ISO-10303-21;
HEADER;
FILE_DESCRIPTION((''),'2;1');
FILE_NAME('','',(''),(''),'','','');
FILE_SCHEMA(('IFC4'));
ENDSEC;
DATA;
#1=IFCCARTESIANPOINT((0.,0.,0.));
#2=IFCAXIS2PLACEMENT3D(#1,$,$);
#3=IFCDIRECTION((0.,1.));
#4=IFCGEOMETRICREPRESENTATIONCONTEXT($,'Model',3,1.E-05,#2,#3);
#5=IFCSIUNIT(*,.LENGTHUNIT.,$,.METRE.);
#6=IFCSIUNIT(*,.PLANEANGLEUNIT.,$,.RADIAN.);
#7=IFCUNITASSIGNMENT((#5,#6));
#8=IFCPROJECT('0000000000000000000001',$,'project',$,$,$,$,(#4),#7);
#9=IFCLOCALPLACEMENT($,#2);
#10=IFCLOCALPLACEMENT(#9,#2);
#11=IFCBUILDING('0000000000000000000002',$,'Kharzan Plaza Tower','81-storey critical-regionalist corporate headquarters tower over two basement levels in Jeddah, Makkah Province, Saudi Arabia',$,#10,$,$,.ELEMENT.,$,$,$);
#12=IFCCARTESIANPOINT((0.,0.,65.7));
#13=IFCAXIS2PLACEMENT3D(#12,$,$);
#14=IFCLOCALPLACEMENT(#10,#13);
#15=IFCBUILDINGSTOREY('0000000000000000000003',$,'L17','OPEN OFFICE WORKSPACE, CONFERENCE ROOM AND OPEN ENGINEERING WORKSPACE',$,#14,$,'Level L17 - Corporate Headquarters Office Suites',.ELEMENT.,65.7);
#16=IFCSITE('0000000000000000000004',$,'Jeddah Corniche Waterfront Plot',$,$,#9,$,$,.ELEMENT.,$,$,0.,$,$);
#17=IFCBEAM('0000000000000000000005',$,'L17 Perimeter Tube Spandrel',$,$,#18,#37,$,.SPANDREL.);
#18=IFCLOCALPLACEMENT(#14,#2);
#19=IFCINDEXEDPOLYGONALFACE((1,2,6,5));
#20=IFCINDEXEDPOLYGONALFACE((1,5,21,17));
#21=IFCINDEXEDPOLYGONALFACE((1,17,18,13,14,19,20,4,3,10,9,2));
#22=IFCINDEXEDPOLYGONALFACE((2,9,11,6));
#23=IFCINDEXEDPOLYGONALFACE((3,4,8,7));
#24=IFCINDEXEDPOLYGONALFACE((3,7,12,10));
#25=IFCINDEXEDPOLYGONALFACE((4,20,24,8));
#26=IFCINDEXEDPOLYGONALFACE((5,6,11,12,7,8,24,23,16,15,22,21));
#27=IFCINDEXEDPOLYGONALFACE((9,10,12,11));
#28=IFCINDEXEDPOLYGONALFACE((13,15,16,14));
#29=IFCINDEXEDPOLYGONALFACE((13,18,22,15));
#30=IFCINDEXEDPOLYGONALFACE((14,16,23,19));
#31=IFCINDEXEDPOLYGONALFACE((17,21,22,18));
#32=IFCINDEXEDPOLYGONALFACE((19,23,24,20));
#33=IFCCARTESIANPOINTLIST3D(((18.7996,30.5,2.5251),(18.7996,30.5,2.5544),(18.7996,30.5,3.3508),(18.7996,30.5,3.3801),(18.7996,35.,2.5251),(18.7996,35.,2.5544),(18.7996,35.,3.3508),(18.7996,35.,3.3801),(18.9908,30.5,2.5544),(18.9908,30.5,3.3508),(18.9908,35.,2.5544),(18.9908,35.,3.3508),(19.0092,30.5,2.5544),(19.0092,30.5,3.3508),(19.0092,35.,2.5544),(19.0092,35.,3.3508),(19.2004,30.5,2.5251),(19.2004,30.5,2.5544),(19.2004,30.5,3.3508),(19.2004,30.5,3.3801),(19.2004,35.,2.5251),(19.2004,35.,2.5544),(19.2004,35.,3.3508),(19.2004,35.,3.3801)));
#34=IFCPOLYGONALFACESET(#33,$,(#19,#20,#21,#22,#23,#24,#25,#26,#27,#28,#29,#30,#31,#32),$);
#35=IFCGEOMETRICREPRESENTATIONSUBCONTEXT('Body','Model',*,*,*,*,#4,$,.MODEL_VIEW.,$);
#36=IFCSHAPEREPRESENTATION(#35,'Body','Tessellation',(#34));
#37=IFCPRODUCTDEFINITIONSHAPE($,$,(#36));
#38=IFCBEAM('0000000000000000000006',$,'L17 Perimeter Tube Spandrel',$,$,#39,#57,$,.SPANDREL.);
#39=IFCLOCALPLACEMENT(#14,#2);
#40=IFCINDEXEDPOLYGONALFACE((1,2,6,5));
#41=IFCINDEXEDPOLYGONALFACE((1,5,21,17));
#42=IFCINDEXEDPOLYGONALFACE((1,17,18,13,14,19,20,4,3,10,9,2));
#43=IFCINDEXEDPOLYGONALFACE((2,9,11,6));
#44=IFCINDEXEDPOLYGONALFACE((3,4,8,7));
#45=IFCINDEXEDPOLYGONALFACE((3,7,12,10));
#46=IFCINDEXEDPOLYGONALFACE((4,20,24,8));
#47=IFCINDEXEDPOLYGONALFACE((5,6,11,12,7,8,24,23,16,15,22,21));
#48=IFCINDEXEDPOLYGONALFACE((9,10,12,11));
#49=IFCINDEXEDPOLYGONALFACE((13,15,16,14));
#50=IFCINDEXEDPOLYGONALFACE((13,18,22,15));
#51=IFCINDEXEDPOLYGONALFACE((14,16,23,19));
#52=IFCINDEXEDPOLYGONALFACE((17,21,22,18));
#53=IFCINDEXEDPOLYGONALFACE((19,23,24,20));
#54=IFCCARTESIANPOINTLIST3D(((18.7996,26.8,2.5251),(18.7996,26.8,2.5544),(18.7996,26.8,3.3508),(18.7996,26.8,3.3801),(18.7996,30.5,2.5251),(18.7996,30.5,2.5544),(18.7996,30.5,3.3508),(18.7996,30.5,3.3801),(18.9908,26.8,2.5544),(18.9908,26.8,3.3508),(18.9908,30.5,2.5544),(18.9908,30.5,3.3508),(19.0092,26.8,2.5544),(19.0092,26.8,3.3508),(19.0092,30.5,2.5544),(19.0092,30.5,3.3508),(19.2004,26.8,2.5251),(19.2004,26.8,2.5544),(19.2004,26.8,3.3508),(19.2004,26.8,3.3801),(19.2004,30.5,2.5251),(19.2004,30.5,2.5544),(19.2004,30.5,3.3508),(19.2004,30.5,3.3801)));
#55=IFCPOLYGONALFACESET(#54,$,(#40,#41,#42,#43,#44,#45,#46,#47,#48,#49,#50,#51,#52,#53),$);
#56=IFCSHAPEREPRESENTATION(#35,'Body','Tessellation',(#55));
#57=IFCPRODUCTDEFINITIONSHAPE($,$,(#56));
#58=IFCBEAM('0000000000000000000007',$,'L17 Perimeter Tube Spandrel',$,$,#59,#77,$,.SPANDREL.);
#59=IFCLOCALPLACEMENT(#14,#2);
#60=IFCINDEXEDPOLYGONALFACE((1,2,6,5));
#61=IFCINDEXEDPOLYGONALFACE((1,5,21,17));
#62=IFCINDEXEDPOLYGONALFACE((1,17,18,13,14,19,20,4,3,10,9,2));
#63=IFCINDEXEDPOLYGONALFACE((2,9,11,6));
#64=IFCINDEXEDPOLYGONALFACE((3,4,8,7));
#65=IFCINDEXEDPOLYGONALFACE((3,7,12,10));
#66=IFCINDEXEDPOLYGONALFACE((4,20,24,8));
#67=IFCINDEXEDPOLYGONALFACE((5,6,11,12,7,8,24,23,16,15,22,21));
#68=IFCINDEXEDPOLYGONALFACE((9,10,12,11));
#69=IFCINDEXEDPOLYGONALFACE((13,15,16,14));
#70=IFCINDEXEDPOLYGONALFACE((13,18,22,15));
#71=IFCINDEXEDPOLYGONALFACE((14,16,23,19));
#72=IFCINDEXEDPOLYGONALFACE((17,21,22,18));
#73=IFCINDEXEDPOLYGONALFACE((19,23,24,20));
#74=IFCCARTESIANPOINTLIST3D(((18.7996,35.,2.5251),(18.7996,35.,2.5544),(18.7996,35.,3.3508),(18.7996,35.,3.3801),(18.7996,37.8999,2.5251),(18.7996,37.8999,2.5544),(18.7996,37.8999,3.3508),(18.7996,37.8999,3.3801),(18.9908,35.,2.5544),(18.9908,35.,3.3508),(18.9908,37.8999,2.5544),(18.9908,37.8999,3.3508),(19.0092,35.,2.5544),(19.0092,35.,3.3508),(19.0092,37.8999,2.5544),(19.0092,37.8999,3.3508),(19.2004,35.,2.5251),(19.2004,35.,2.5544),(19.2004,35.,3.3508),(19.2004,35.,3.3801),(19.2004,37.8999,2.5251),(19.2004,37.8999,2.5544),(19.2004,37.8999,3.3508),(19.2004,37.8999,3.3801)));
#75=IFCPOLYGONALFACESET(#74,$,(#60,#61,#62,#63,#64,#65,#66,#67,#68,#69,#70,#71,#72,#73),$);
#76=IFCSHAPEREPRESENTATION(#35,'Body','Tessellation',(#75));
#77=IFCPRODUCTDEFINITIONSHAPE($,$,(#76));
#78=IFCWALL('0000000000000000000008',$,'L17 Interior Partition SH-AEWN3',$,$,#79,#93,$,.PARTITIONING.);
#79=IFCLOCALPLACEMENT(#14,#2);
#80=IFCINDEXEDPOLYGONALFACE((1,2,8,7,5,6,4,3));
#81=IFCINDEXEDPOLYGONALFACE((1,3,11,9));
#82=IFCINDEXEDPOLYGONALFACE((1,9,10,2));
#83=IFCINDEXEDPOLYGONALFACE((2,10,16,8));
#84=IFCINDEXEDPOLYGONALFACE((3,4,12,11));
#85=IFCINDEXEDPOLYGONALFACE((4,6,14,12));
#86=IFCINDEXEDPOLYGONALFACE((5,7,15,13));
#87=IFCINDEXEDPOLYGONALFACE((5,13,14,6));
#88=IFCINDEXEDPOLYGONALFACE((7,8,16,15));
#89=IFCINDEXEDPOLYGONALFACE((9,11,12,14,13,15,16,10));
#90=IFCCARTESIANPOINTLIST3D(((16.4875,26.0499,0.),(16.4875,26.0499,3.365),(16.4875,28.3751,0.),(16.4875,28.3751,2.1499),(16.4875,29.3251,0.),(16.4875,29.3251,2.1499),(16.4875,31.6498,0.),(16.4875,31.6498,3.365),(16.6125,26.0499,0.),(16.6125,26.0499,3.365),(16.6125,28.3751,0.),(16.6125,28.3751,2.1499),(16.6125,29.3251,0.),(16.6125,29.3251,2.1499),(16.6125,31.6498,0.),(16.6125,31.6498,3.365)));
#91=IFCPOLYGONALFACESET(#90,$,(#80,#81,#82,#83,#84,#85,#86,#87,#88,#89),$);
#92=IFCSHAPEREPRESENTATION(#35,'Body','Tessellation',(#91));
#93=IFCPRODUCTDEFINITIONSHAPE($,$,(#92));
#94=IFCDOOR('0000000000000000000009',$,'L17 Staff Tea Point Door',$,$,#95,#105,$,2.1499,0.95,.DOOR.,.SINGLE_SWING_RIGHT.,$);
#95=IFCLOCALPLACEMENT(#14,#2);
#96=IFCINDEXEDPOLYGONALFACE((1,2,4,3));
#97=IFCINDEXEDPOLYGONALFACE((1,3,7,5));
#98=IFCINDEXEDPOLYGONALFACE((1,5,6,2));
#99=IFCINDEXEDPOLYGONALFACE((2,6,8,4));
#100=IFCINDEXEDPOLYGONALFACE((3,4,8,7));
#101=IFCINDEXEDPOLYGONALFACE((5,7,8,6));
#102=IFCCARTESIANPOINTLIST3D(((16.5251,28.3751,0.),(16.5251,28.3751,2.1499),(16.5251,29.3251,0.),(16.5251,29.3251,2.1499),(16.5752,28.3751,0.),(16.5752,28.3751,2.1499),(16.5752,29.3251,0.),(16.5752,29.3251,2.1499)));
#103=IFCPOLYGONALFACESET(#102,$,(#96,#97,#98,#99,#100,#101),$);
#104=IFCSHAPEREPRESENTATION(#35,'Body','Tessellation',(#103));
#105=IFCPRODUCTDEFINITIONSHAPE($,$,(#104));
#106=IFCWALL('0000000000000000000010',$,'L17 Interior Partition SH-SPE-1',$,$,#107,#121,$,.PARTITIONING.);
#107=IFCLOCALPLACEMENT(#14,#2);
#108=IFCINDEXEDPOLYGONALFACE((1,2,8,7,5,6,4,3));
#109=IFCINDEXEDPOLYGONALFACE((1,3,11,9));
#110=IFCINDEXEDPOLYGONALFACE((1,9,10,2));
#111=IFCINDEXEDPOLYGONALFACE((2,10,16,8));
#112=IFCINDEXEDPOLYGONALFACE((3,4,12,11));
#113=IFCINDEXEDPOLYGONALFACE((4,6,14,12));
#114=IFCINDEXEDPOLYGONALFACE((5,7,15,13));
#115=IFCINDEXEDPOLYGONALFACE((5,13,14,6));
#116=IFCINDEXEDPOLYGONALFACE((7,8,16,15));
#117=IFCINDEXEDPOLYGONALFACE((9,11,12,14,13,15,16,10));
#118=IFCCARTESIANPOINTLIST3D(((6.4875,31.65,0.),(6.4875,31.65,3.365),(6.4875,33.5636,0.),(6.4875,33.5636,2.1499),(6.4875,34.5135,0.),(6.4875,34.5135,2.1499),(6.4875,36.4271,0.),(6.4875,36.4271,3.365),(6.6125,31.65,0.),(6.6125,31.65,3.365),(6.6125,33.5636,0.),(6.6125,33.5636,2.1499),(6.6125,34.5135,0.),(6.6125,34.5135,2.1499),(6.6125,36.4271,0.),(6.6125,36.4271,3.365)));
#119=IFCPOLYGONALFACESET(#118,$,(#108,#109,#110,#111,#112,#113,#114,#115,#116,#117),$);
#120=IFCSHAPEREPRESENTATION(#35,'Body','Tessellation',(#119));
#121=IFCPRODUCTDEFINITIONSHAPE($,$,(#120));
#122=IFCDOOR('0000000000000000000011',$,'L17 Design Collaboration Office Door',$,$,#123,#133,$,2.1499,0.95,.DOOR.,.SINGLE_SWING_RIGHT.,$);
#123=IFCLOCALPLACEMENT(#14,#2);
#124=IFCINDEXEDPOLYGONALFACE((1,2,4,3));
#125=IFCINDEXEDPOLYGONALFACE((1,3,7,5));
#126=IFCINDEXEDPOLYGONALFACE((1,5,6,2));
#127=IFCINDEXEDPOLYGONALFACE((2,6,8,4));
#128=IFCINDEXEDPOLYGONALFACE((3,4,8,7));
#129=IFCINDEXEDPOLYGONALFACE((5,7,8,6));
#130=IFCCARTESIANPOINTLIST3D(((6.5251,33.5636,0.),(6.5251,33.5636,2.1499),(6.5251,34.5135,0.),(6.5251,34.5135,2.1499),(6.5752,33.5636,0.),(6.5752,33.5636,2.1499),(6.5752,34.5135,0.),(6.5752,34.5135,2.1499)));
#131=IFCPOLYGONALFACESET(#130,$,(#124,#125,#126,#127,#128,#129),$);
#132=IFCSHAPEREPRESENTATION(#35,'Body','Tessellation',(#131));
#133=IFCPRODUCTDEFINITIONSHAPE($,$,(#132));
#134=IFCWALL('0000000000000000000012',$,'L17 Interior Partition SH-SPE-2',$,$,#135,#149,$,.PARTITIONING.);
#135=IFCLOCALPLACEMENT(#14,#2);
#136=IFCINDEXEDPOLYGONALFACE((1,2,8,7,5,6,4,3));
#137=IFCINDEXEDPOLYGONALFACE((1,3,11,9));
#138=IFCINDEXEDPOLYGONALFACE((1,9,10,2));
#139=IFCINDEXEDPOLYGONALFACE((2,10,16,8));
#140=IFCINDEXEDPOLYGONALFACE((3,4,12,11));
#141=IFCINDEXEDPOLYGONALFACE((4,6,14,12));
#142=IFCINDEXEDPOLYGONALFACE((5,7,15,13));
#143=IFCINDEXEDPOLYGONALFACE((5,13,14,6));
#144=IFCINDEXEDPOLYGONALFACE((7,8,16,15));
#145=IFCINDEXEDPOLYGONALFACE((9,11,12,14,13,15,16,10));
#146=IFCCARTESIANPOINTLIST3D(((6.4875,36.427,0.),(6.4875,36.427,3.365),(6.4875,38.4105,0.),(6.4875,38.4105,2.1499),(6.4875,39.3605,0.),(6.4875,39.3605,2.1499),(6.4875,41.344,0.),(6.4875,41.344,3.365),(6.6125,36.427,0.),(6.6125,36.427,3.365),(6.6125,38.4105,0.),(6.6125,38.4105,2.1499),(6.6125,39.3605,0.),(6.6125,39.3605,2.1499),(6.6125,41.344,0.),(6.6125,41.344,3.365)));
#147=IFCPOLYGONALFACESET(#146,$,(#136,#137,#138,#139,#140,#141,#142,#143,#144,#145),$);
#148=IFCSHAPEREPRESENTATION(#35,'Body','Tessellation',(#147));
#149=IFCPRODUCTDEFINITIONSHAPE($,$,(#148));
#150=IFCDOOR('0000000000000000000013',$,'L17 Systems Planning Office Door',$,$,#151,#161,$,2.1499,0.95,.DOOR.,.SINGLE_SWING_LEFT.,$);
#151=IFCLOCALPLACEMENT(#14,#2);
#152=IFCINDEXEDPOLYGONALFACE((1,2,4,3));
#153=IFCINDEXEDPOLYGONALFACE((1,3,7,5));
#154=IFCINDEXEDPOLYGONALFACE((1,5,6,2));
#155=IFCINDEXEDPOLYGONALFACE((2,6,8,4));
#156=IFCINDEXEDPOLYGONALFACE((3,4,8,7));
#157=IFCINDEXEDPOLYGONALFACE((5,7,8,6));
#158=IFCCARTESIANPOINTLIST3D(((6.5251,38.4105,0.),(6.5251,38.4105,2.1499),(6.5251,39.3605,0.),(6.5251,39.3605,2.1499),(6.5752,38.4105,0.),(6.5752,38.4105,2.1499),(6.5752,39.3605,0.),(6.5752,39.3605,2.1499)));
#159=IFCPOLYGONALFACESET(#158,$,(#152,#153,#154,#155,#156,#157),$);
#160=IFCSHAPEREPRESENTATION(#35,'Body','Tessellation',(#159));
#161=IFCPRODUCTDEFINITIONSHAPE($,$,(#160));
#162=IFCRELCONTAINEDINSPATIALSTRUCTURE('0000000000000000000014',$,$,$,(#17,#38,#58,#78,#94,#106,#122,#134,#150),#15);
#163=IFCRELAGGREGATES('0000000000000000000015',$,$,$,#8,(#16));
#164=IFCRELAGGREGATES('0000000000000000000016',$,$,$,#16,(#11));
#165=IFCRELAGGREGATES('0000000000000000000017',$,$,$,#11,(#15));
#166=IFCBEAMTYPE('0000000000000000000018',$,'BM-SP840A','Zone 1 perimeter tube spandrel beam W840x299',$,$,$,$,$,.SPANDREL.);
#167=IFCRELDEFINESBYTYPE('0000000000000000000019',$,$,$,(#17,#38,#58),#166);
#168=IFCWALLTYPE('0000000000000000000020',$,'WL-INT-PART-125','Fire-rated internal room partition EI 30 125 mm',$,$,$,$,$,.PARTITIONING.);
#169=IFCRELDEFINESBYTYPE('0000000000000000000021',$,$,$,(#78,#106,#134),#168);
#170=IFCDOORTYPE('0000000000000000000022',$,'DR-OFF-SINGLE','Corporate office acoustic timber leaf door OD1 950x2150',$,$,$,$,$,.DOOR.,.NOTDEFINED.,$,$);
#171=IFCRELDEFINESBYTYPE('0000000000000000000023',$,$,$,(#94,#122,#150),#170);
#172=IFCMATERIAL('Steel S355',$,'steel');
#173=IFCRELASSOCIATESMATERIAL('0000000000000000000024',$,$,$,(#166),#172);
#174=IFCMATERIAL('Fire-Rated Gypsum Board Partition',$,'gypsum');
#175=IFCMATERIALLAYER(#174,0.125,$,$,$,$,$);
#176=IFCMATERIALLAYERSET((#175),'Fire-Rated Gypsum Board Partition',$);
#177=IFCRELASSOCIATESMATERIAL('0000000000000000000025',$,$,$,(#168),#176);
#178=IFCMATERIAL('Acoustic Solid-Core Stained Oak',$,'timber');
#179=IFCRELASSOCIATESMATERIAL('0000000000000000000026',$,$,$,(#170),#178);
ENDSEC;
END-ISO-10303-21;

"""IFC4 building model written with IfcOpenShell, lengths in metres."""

from ifc_helpers import new_model, si_unit, direction, frame, frame_2d, origin, origin_2d, place, context, subcontext, project, spatial, rectangle, i_section, extrude, source, transform, mapped, material, layer, layer_set, material_profile, profile_set, type_object, element, fill, save


model = new_model("IFC4")

# Units and contexts
model_context = context("Model", 3, precision=1e-05, world=origin(), true_north=direction((0.0, 1.0)))
body_context = subcontext(model_context, "Body", "Model", "MODEL_VIEW")
ifc_project = project(units=[si_unit("LENGTHUNIT", "METRE"), si_unit("PLANEANGLEUNIT", "RADIAN")], contexts=[model_context])

# Site, building, storey
site_placement = place(None, origin())
site = spatial("IfcSite", under=ifc_project, at=site_placement, Name="Jeddah Corniche Waterfront Plot", CompositionType="ELEMENT", RefElevation=0.0)
building_placement = place(site_placement, origin())
building = spatial("IfcBuilding", under=site, at=building_placement, Name="Kharzan Plaza Tower", Description="81-storey critical-regionalist corporate headquarters tower over two basement levels in Jeddah, Makkah Province, Saudi Arabia", CompositionType="ELEMENT")
storey_placement = place(building_placement, frame((0.0, 0.0, 65.7)))
storey = spatial("IfcBuildingStorey", under=building, at=storey_placement, Name="L17", Description="OPEN OFFICE WORKSPACE, CONFERENCE ROOM AND OPEN ENGINEERING WORKSPACE", LongName="Level L17 - Corporate Headquarters Office Suites", CompositionType="ELEMENT", Elevation=65.7)

# Beams
ifc_material_1 = material(Name="Steel S355", Category="steel")
ifc_material_profile_1 = material_profile(ifc_material_1, i_section(OverallWidth=0.4009, OverallDepth=0.855, WebThickness=0.0183, FlangeThickness=0.0293, at=origin_2d()), Name="W840x299")
ifc_profile_set_1 = profile_set([ifc_material_profile_1], Name="Steel S355")
beam_type_1 = type_object("IfcBeamType", Name="BM-SP840A", Description="Zone 1 perimeter tube spandrel beam W840x299", PredefinedType="SPANDREL", material=ifc_profile_set_1)
shared_shape_1 = source(origin(), body_context, "Body", "SweptSolid", [
    extrude(i_section(OverallWidth=0.4009, OverallDepth=0.855, WebThickness=0.0183, FlangeThickness=0.0293, at=origin_2d()), origin(), (0.0, 0.0, 1.0), 4.5),
])
beam_1_placement = place(storey_placement, frame((19.0, 30.5, 2.9526), z_axis=(0.0, 1.0, 0.0), x_axis=(-1.0, 0.0, 0.0)))
element("IfcBeam", 1, at=beam_1_placement, inside=storey, type_object=beam_type_1, Name="L17 Perimeter Tube Spandrel", PredefinedType="SPANDREL", context=body_context, shape_type="MappedRepresentation", body=[
    mapped(shared_shape_1, transform((0.0, 0.0, 0.0), x_axis=(1.0, 0.0, 0.0), y_axis=(0.0, 1.0, 0.0), z_axis=(0.0, 0.0, 1.0))),
])
shared_shape_2 = source(origin(), body_context, "Body", "SweptSolid", [
    extrude(i_section(OverallWidth=0.4009, OverallDepth=0.855, WebThickness=0.0183, FlangeThickness=0.0293, at=origin_2d()), origin(), (0.0, 0.0, 1.0), 3.7),
])
beam_2_placement = place(storey_placement, frame((19.0, 26.8, 2.9526), z_axis=(0.0, 1.0, 0.0), x_axis=(-1.0, 0.0, 0.0)))
element("IfcBeam", 2, at=beam_2_placement, inside=storey, type_object=beam_type_1, Name="L17 Perimeter Tube Spandrel", PredefinedType="SPANDREL", context=body_context, shape_type="MappedRepresentation", body=[
    mapped(shared_shape_2, transform((0.0, 0.0, 0.0), x_axis=(1.0, 0.0, 0.0), y_axis=(0.0, 1.0, 0.0), z_axis=(0.0, 0.0, 1.0))),
])
shared_shape_3 = source(origin(), body_context, "Body", "SweptSolid", [
    extrude(i_section(OverallWidth=0.4009, OverallDepth=0.855, WebThickness=0.0183, FlangeThickness=0.0293, at=origin_2d()), origin(), (0.0, 0.0, 1.0), 2.8999),
])
beam_3_placement = place(storey_placement, frame((19.0, 35.0, 2.9526), z_axis=(0.0, 1.0, 0.0), x_axis=(-1.0, 0.0, 0.0)))
element("IfcBeam", 3, at=beam_3_placement, inside=storey, type_object=beam_type_1, Name="L17 Perimeter Tube Spandrel", PredefinedType="SPANDREL", context=body_context, shape_type="MappedRepresentation", body=[
    mapped(shared_shape_3, transform((0.0, 0.0, 0.0), x_axis=(1.0, 0.0, 0.0), y_axis=(0.0, 1.0, 0.0), z_axis=(0.0, 0.0, 1.0))),
])

# Walls, openings, doors
ifc_material_2 = material(Name="Fire-Rated Gypsum Board Partition", Category="gypsum")
ifc_layer_1 = layer(ifc_material_2, 0.125)
ifc_layer_set_1 = layer_set([ifc_layer_1], Name="Fire-Rated Gypsum Board Partition")
wall_type_1 = type_object("IfcWallType", Name="WL-INT-PART-125", Description="Fire-rated internal room partition EI 30 125 mm", PredefinedType="PARTITIONING", material=ifc_layer_set_1)
wall_1_placement = place(storey_placement, frame((16.55, 26.05, 0.0), z_axis=(0.0, 0.0, 1.0), x_axis=(0.0, 1.0, 0.0)))
wall_1 = element("IfcWall", 4, at=wall_1_placement, inside=storey, type_object=wall_type_1, Name="L17 Interior Partition SH-AEWN3", PredefinedType="PARTITIONING", context=body_context, shape_type="SweptSolid", body=[
    extrude(rectangle(XDim=5.5999, YDim=0.125, at=frame_2d((2.7998, 0.0))), origin(), (0.0, 0.0, 1.0), 3.365),
])
opening_1_placement = place(wall_1_placement, frame((2.325, 0.0, 0.0)))
opening_1 = element("IfcOpeningElement", 5, at=opening_1_placement, cuts=wall_1, PredefinedType="OPENING", context=body_context, shape_type="SweptSolid", body=[
    extrude(rectangle(XDim=0.95, YDim=2.1499, at=frame_2d((0.4751, 1.075))), frame((0.0, 0.0725, 0.0), z_axis=(0.0, -1.0, 0.0), x_axis=(1.0, 0.0, 0.0)), (0.0, 0.0, 1.0), 0.145),
])
ifc_material_3 = material(Name="Acoustic Solid-Core Stained Oak", Category="timber")
door_type_1 = type_object("IfcDoorType", Name="DR-OFF-SINGLE", Description="Corporate office acoustic timber leaf door OD1 950x2150", OperationType="NOTDEFINED", PredefinedType="DOOR", material=ifc_material_3)
shared_shape_4 = source(origin(), body_context, "Body", "SweptSolid", [
    extrude(rectangle(XDim=0.95, YDim=2.1499, at=frame_2d((0.4751, 1.075))), frame((0.0, 0.0249, 0.0), z_axis=(0.0, -1.0, 0.0), x_axis=(1.0, 0.0, 0.0)), (0.0, 0.0, 1.0), 0.05),
])
door_1_placement = place(opening_1_placement, origin())
door_1 = element("IfcDoor", 6, at=door_1_placement, inside=storey, type_object=door_type_1, Name="L17 Staff Tea Point Door", OperationType="SINGLE_SWING_RIGHT", OverallHeight=2.1499, OverallWidth=0.95, PredefinedType="DOOR", context=body_context, shape_type="MappedRepresentation", body=[
    mapped(shared_shape_4, transform((0.0, 0.0, 0.0), x_axis=(1.0, 0.0, 0.0), y_axis=(0.0, 1.0, 0.0), z_axis=(0.0, 0.0, 1.0))),
])
fill(opening_1, door_1)
wall_2_placement = place(storey_placement, frame((6.55, 31.6499, 0.0), z_axis=(0.0, 0.0, 1.0), x_axis=(0.0, 1.0, 0.0)))
wall_2 = element("IfcWall", 7, at=wall_2_placement, inside=storey, type_object=wall_type_1, Name="L17 Interior Partition SH-SPE-1", PredefinedType="PARTITIONING", context=body_context, shape_type="SweptSolid", body=[
    extrude(rectangle(XDim=4.7771, YDim=0.125, at=frame_2d((2.3887, 0.0))), origin(), (0.0, 0.0, 1.0), 3.365),
])
opening_2_placement = place(wall_2_placement, frame((1.9136, 0.0, 0.0)))
opening_2 = element("IfcOpeningElement", 8, at=opening_2_placement, cuts=wall_2, PredefinedType="OPENING", context=body_context, shape_type="SweptSolid", body=[
    extrude(rectangle(XDim=0.95, YDim=2.1499, at=frame_2d((0.4751, 1.075))), frame((0.0, 0.0725, 0.0), z_axis=(0.0, -1.0, 0.0), x_axis=(1.0, 0.0, 0.0)), (0.0, 0.0, 1.0), 0.145),
])
door_2_placement = place(opening_2_placement, origin())
door_2 = element("IfcDoor", 9, at=door_2_placement, inside=storey, type_object=door_type_1, Name="L17 Design Collaboration Office Door", OperationType="SINGLE_SWING_RIGHT", OverallHeight=2.1499, OverallWidth=0.95, PredefinedType="DOOR", context=body_context, shape_type="MappedRepresentation", body=[
    mapped(shared_shape_4, transform((0.0, 0.0, 0.0), x_axis=(1.0, 0.0, 0.0), y_axis=(0.0, 1.0, 0.0), z_axis=(0.0, 0.0, 1.0))),
])
fill(opening_2, door_2)
wall_3_placement = place(storey_placement, frame((6.55, 36.427, 0.0), z_axis=(0.0, 0.0, 1.0), x_axis=(0.0, 1.0, 0.0)))
wall_3 = element("IfcWall", 10, at=wall_3_placement, inside=storey, type_object=wall_type_1, Name="L17 Interior Partition SH-SPE-2", PredefinedType="PARTITIONING", context=body_context, shape_type="SweptSolid", body=[
    extrude(rectangle(XDim=4.917, YDim=0.125, at=frame_2d((2.4585, 0.0))), origin(), (0.0, 0.0, 1.0), 3.365),
])
opening_3_placement = place(wall_3_placement, frame((1.9834, 0.0, 0.0)))
opening_3 = element("IfcOpeningElement", 11, at=opening_3_placement, cuts=wall_3, PredefinedType="OPENING", context=body_context, shape_type="SweptSolid", body=[
    extrude(rectangle(XDim=0.95, YDim=2.1499, at=frame_2d((0.4751, 1.075))), frame((0.0, 0.0725, 0.0), z_axis=(0.0, -1.0, 0.0), x_axis=(1.0, 0.0, 0.0)), (0.0, 0.0, 1.0), 0.145),
])
door_3_placement = place(opening_3_placement, origin())
door_3 = element("IfcDoor", 12, at=door_3_placement, inside=storey, type_object=door_type_1, Name="L17 Systems Planning Office Door", OperationType="SINGLE_SWING_LEFT", OverallHeight=2.1499, OverallWidth=0.95, PredefinedType="DOOR", context=body_context, shape_type="MappedRepresentation", body=[
    mapped(shared_shape_4, transform((0.0, 0.0, 0.0), x_axis=(1.0, 0.0, 0.0), y_axis=(0.0, 1.0, 0.0), z_axis=(0.0, 0.0, 1.0))),
])
fill(opening_3, door_3)

save(model, "model.ifc")
